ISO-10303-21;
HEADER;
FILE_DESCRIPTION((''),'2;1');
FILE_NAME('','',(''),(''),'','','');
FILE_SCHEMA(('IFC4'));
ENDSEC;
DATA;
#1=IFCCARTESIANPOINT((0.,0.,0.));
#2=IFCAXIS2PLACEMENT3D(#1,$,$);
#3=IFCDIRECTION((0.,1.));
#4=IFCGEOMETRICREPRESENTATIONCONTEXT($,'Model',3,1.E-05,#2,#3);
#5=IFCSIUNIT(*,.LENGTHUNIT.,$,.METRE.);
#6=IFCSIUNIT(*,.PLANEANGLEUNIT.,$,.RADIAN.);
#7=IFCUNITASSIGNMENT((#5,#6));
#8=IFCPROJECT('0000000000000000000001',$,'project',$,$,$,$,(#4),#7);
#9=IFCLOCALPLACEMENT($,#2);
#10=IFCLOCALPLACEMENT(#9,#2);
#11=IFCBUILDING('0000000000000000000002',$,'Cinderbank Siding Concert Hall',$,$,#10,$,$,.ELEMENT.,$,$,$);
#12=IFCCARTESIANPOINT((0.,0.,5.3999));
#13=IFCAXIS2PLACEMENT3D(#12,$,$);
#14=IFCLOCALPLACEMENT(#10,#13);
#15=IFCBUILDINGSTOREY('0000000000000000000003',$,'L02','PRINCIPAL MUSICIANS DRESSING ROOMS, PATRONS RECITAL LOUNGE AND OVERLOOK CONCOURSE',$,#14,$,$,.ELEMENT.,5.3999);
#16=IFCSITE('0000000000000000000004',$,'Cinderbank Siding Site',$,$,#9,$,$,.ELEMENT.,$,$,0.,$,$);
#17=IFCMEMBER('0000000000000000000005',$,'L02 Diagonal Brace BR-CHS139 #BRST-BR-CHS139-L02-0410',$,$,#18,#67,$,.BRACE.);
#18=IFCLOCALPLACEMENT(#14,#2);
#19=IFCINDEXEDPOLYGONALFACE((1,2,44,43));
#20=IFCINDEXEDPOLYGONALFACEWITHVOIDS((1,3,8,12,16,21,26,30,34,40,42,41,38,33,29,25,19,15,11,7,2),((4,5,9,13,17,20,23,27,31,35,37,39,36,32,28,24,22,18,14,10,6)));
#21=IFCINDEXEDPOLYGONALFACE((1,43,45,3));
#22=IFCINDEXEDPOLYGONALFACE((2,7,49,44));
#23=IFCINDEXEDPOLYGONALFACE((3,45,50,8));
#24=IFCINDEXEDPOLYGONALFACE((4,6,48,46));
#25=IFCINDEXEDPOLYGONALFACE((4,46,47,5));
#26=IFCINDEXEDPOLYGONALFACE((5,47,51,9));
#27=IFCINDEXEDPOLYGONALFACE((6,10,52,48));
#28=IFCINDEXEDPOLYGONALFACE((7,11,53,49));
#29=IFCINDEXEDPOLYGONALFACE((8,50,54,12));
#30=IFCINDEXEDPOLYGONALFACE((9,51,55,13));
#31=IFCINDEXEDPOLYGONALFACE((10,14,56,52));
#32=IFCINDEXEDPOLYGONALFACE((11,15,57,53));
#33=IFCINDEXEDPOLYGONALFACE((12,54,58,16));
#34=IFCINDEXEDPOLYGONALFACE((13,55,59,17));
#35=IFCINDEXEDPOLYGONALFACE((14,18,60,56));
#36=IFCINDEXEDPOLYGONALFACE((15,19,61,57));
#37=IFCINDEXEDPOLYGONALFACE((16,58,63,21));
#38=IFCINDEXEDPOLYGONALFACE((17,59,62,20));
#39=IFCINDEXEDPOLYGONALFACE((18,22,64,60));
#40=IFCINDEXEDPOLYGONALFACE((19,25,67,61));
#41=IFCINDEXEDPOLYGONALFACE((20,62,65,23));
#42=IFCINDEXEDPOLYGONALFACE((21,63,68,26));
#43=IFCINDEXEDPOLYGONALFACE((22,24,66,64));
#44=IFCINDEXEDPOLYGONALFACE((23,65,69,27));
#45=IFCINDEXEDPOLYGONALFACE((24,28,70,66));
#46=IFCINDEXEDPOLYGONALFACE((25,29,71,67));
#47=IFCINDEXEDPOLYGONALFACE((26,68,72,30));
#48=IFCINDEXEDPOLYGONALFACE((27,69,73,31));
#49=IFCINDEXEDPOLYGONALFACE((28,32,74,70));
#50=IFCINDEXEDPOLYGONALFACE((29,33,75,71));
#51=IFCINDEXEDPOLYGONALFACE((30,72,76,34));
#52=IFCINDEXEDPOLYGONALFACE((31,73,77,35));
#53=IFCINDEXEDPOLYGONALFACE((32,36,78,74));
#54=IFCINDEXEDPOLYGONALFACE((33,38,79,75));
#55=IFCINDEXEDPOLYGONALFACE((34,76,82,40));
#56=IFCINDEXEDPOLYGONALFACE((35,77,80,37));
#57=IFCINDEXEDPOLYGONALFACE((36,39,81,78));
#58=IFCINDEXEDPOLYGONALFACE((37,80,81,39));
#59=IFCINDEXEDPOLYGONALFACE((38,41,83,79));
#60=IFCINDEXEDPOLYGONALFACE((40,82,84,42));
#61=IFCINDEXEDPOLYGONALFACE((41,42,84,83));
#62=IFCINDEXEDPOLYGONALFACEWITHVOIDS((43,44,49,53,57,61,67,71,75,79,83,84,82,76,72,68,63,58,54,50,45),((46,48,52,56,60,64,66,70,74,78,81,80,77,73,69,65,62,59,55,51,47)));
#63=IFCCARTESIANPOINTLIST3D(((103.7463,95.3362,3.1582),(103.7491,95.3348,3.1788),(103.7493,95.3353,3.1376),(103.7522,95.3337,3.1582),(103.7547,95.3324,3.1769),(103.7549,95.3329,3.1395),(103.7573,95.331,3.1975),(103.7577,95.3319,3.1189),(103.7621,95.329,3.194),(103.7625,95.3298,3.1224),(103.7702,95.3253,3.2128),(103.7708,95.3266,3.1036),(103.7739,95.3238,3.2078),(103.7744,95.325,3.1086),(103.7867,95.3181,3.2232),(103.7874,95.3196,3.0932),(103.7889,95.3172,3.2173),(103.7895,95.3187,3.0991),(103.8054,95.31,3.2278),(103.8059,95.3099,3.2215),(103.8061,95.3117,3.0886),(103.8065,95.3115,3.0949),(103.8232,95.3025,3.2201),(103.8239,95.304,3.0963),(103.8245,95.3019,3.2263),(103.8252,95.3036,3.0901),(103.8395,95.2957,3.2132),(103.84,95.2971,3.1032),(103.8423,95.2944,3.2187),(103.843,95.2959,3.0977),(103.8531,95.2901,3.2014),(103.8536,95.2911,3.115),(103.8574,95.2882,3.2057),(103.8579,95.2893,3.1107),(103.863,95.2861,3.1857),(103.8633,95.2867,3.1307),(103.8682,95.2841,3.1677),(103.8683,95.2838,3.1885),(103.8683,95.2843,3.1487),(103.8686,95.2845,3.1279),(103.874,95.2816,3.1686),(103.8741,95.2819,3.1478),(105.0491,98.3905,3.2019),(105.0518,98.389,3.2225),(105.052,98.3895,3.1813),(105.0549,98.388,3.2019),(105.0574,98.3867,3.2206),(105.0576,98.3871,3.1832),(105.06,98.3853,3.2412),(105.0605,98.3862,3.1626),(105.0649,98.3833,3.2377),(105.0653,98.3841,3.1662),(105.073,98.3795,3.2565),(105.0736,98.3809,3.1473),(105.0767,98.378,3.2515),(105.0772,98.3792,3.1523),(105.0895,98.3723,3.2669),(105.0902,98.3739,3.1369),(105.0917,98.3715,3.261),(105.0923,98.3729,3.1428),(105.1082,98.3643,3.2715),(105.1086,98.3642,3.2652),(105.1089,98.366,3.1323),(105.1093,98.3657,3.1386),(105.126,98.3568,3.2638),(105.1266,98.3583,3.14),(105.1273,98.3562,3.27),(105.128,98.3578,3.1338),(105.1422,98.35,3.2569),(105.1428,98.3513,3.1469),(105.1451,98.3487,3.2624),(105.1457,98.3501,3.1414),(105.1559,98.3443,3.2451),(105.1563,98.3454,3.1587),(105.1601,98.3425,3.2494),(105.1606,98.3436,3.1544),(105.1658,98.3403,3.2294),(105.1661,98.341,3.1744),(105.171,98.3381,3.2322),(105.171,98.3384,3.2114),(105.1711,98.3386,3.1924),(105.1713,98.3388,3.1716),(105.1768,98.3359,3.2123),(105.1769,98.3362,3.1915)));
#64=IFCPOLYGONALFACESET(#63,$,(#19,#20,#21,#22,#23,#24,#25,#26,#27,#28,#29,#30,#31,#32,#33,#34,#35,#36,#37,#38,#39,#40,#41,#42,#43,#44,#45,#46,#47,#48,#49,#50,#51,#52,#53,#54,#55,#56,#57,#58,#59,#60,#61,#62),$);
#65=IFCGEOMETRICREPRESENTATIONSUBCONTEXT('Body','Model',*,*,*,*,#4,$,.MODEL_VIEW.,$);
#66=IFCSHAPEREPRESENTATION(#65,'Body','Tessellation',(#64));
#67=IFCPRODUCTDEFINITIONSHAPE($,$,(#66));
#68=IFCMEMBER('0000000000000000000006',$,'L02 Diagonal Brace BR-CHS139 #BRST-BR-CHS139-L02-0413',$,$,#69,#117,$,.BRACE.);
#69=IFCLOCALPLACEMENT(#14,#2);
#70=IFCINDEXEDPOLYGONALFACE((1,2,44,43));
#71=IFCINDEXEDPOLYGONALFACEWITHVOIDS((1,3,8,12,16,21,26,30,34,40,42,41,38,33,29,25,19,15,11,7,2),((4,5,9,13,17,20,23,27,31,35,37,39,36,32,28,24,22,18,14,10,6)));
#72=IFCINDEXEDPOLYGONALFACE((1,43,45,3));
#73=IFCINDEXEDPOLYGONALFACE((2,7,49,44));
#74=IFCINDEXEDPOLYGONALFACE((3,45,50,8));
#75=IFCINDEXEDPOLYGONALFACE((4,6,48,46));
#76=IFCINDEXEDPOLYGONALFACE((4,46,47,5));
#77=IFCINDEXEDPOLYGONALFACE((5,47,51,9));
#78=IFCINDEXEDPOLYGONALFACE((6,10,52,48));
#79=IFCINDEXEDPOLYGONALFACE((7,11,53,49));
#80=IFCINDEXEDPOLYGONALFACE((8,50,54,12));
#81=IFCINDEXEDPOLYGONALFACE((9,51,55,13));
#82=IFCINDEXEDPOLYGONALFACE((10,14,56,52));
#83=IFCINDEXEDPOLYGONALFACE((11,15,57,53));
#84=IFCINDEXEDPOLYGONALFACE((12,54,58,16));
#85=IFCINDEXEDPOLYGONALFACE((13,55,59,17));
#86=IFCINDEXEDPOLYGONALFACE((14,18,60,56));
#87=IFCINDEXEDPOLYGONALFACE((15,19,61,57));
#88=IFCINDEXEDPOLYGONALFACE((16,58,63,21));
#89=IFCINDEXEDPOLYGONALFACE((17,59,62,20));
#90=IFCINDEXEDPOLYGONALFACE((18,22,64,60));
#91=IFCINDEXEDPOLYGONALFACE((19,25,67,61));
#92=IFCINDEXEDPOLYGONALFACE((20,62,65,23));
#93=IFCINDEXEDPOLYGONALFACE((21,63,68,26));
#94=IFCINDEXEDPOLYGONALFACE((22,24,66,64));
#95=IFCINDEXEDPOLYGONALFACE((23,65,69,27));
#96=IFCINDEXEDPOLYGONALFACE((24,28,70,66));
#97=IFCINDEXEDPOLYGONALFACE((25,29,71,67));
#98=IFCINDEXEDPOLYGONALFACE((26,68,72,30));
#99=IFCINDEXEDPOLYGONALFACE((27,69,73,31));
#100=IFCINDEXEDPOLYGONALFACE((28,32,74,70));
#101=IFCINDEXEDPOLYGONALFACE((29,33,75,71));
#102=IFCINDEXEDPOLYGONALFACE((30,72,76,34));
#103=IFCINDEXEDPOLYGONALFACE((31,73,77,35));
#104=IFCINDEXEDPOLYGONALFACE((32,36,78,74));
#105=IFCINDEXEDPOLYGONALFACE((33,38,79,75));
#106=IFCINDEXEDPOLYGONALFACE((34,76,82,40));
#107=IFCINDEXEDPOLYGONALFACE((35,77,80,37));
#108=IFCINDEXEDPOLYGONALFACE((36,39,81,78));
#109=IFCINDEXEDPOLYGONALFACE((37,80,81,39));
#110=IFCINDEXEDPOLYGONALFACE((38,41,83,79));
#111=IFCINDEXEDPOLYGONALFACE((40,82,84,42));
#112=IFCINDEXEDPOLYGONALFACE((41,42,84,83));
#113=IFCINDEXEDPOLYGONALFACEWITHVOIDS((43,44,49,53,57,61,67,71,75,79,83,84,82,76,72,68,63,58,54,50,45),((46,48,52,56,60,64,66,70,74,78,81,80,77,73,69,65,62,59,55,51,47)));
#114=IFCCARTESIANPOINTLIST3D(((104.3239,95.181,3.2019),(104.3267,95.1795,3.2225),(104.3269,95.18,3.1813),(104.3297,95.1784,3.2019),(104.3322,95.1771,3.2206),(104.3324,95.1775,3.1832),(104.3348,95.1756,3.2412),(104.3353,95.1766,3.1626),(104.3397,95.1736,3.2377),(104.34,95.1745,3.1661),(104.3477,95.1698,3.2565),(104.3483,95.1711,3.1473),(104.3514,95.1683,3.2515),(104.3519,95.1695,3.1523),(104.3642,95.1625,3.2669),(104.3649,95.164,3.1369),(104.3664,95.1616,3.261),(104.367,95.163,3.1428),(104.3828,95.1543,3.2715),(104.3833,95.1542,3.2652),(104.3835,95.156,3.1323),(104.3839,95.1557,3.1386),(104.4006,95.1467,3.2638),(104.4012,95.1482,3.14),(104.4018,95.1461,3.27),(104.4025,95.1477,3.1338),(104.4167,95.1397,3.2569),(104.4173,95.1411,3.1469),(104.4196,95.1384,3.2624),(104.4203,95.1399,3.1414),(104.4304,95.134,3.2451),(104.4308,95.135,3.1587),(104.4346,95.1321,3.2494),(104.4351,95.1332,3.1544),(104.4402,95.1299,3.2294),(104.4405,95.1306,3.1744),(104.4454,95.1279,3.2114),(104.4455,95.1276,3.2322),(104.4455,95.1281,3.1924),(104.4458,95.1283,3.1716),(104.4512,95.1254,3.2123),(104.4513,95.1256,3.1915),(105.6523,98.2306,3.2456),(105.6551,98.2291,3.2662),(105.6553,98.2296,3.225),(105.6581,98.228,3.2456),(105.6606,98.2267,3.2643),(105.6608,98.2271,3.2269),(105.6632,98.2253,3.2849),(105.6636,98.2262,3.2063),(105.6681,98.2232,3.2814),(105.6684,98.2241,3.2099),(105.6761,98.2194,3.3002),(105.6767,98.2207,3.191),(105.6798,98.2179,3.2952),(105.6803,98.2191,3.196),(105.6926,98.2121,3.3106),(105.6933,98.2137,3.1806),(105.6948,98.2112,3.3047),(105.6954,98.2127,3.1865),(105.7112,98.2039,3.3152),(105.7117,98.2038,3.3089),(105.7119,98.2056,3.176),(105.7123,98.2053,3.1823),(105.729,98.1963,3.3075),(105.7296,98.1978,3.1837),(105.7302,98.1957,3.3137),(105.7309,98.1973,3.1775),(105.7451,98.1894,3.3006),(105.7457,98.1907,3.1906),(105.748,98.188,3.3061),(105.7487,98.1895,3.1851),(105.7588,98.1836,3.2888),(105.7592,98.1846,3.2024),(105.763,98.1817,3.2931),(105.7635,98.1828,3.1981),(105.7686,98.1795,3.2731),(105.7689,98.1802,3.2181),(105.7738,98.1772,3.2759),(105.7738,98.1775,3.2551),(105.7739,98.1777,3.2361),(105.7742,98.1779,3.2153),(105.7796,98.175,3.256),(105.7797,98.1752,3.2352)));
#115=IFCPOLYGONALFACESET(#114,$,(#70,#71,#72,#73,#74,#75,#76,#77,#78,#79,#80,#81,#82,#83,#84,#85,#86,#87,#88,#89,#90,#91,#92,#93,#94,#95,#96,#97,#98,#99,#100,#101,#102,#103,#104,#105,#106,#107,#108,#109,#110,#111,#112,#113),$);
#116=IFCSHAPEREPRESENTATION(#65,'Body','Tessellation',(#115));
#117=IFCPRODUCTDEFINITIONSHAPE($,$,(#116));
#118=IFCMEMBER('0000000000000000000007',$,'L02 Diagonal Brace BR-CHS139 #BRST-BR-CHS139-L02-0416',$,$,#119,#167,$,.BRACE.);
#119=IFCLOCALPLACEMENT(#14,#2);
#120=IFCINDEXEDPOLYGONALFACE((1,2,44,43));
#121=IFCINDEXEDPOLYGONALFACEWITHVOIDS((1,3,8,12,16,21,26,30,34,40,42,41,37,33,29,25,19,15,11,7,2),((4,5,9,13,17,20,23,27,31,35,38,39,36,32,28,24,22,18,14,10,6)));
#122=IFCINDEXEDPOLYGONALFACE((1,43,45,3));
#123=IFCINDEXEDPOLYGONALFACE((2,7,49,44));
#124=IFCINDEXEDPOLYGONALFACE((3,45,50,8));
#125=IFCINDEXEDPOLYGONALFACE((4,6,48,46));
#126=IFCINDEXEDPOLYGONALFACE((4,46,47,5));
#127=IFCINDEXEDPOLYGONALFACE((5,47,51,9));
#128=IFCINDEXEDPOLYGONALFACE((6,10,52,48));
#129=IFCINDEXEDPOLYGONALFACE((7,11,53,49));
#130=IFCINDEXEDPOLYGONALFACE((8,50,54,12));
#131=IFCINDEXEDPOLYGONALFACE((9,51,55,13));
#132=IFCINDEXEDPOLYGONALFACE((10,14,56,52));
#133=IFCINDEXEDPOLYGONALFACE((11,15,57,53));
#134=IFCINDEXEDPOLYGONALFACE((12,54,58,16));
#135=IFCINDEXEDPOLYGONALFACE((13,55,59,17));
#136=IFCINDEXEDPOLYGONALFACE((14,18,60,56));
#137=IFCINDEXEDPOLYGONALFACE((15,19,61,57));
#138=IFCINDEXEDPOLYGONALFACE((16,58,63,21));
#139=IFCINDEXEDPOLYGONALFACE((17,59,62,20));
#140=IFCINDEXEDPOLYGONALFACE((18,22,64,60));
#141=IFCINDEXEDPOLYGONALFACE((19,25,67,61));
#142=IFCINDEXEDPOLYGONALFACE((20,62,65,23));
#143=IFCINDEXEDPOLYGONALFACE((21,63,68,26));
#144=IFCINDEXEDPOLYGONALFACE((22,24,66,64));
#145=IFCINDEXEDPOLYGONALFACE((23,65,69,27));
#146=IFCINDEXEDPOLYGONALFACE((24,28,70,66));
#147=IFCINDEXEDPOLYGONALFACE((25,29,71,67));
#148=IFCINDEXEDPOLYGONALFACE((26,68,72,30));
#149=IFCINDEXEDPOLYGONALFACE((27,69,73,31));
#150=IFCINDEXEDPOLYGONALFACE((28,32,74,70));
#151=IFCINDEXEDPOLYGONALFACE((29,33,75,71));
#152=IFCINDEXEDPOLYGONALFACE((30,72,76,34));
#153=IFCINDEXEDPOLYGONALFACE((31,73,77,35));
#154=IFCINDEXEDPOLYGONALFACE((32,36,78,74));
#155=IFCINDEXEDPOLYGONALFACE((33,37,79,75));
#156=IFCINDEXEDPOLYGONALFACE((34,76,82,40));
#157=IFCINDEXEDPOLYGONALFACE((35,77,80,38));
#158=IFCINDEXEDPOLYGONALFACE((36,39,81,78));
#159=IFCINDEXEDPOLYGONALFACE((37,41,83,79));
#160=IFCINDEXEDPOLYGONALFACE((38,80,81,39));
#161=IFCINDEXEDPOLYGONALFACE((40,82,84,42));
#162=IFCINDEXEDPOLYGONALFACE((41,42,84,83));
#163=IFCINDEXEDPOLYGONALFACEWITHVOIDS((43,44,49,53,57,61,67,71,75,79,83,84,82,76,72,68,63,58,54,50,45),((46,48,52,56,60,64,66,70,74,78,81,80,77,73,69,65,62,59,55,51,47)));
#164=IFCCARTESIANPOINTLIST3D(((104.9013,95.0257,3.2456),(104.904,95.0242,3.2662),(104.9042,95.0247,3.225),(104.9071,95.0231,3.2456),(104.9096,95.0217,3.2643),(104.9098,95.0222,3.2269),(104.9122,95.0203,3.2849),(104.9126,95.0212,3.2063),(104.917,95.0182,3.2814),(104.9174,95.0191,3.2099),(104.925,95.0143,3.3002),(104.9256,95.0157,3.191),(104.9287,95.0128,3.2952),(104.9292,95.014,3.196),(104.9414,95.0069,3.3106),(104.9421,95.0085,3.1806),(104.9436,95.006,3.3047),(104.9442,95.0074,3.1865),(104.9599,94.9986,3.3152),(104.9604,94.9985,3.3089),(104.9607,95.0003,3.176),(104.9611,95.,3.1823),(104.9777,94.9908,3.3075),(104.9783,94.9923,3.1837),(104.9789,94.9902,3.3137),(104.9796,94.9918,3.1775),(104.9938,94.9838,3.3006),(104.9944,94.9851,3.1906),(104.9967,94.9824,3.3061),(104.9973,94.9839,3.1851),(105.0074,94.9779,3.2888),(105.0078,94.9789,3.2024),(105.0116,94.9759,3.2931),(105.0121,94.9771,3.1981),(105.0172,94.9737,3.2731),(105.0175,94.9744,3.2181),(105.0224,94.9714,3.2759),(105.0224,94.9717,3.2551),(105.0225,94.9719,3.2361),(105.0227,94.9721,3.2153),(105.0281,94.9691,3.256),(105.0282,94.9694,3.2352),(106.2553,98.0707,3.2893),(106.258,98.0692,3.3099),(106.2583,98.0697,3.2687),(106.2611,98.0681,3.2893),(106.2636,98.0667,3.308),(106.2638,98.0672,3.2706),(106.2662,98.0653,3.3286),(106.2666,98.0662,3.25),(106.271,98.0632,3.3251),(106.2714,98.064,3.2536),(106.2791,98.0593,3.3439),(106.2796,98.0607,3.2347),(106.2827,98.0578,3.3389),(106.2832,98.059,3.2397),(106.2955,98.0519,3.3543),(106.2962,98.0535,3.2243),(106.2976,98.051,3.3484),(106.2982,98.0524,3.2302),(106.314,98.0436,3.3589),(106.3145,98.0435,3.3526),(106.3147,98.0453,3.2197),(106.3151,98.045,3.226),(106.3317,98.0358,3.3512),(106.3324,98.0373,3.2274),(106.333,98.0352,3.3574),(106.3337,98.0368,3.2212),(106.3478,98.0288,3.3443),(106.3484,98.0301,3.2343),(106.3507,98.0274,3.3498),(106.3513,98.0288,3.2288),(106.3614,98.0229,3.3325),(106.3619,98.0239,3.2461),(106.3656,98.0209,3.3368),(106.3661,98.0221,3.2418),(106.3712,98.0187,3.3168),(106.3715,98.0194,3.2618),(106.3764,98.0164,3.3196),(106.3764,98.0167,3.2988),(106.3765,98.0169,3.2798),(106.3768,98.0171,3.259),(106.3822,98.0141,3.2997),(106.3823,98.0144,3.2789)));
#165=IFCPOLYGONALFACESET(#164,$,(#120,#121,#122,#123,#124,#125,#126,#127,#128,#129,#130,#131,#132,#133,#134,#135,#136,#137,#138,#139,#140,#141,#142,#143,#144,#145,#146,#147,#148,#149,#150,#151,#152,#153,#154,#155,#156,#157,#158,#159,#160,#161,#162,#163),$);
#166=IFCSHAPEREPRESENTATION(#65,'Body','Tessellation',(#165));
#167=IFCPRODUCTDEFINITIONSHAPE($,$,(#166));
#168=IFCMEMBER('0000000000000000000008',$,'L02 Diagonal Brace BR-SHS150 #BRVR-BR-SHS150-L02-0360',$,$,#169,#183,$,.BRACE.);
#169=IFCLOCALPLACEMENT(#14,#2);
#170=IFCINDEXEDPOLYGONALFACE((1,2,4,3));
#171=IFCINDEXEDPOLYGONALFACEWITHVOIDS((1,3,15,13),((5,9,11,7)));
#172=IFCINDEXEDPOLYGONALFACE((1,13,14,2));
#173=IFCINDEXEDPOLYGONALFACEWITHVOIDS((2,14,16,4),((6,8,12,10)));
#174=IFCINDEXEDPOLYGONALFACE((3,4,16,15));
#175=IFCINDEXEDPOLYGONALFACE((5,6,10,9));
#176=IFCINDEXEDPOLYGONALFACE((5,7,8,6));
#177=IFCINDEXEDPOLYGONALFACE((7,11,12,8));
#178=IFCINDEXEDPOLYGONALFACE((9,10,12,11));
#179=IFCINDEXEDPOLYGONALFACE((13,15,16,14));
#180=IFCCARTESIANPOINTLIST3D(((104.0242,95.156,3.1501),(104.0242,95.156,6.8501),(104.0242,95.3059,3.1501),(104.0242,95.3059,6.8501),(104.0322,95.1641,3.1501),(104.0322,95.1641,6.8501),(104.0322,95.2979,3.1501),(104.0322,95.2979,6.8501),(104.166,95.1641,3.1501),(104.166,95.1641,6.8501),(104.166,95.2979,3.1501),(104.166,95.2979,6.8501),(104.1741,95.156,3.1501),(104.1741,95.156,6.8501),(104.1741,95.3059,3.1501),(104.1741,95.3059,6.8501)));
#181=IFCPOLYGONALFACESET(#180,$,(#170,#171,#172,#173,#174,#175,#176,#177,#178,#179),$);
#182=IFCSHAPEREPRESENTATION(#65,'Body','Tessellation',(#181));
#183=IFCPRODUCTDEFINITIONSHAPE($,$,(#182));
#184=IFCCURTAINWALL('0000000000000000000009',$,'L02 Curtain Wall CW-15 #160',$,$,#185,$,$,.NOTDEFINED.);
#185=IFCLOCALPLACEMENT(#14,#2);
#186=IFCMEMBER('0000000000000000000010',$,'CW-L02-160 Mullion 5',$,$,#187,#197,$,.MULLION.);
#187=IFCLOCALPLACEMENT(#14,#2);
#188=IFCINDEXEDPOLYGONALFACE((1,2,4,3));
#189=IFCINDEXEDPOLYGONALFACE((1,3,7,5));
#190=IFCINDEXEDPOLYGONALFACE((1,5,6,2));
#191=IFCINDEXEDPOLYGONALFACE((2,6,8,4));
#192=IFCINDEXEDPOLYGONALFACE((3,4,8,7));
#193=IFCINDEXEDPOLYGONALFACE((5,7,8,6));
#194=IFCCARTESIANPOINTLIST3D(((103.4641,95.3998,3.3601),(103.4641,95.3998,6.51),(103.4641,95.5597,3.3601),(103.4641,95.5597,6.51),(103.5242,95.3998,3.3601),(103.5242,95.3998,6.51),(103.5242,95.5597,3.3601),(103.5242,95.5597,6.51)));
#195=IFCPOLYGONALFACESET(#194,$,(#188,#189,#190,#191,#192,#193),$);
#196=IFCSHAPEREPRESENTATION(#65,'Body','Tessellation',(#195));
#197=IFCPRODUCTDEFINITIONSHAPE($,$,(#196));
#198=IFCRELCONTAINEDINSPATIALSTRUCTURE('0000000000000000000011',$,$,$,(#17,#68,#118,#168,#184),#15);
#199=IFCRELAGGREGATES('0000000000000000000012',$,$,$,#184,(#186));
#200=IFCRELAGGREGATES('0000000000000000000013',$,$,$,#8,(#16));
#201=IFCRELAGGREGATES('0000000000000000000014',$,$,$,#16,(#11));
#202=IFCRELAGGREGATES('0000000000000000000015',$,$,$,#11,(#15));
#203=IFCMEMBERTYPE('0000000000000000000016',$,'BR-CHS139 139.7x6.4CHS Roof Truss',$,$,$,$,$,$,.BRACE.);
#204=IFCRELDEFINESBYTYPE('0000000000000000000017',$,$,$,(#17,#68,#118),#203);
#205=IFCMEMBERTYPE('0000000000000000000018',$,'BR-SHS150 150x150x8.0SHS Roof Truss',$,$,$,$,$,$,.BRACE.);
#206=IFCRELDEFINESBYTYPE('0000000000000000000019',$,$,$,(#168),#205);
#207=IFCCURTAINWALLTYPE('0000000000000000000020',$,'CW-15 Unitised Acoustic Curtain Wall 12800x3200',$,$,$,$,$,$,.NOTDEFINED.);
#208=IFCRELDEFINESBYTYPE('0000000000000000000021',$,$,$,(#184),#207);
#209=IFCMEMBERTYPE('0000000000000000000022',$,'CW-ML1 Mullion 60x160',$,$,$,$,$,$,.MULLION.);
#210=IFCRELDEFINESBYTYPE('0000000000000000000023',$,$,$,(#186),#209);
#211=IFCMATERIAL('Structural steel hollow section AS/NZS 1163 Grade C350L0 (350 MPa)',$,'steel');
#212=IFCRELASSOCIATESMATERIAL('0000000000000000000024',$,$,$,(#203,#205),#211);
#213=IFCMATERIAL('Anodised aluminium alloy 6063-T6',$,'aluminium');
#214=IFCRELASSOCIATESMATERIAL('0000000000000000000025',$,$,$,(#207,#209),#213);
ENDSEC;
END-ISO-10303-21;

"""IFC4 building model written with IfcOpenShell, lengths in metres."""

from ifc_helpers import new_model, si_unit, direction, frame, origin, origin_2d, place, context, subcontext, project, spatial, rectangle, hollow_rectangle, hollow_circle, extrude, material, material_profile, profile_set, type_object, element, aggregate, save


model = new_model("IFC4")

# Units and contexts
model_context = context("Model", 3, precision=1e-05, world=origin(), true_north=direction((0.0, 1.0)))
body_context = subcontext(model_context, "Body", "Model", "MODEL_VIEW")
ifc_project = project(units=[si_unit("LENGTHUNIT", "METRE"), si_unit("PLANEANGLEUNIT", "RADIAN")], contexts=[model_context])

# Site, building, storey
site_placement = place(None, origin())
site = spatial("IfcSite", under=ifc_project, at=site_placement, Name="Cinderbank Siding Site", CompositionType="ELEMENT", RefElevation=0.0)
building_placement = place(site_placement, origin())
building = spatial("IfcBuilding", under=site, at=building_placement, Name="Cinderbank Siding Concert Hall", CompositionType="ELEMENT")
storey_placement = place(building_placement, frame((0.0, 0.0, 5.3999)))
storey = spatial("IfcBuildingStorey", under=building, at=storey_placement, Name="L02", Description="PRINCIPAL MUSICIANS DRESSING ROOMS, PATRONS RECITAL LOUNGE AND OVERLOOK CONCOURSE", CompositionType="ELEMENT", Elevation=5.3999)

# Members
ifc_material_1 = material(Name="Structural steel hollow section AS/NZS 1163 Grade C350L0 (350 MPa)", Category="steel")
ifc_material_profile_1 = material_profile(ifc_material_1, hollow_circle(Radius=0.0698, WallThickness=0.0063, at=origin_2d()), Name="139.7x6.4CHS", Category="LoadBearing")
ifc_profile_set_1 = profile_set([ifc_material_profile_1], Name="Structural steel hollow section AS/NZS 1163 Grade C350L0 (350 MPa)")
member_type_1 = type_object("IfcMemberType", Name="BR-CHS139 139.7x6.4CHS Roof Truss", PredefinedType="BRACE", material=ifc_profile_set_1)
member_1_placement = place(storey_placement, frame((103.8105, 95.3088, 3.1582), z_axis=(0.392305, 0.919741, 0.01316), x_axis=(-0.919821, 0.392339, 0.0)))
element("IfcMember", 1, at=member_1_placement, inside=storey, type_object=member_type_1, Name="L02 Diagonal Brace BR-CHS139 #BRST-BR-CHS139-L02-0410", PredefinedType="BRACE", context=body_context, shape_type="SweptSolid", body=[
    extrude(hollow_circle(Radius=0.0698, WallThickness=0.0063, at=origin_2d()), origin(), (0.0, 0.0, 1.0), 3.3208),
])
member_2_placement = place(storey_placement, frame((104.3879, 95.1531, 3.2019), z_axis=(0.399317, 0.916719, 0.013137), x_axis=(-0.916798, 0.399351, 0.0)))
element("IfcMember", 2, at=member_2_placement, inside=storey, type_object=member_type_1, Name="L02 Diagonal Brace BR-CHS139 #BRST-BR-CHS139-L02-0413", PredefinedType="BRACE", context=body_context, shape_type="SweptSolid", body=[
    extrude(hollow_circle(Radius=0.0698, WallThickness=0.0063, at=origin_2d()), origin(), (0.0, 0.0, 1.0), 3.3267),
])
member_3_placement = place(storey_placement, frame((104.9651, 94.9973, 3.2456), z_axis=(0.40628, 0.913654, 0.013113), x_axis=(-0.913733, 0.406315, 0.0)))
element("IfcMember", 3, at=member_3_placement, inside=storey, type_object=member_type_1, Name="L02 Diagonal Brace BR-CHS139 #BRST-BR-CHS139-L02-0416", PredefinedType="BRACE", context=body_context, shape_type="SweptSolid", body=[
    extrude(hollow_circle(Radius=0.0698, WallThickness=0.0063, at=origin_2d()), origin(), (0.0, 0.0, 1.0), 3.3328),
])
ifc_material_profile_2 = material_profile(ifc_material_1, hollow_rectangle(XDim=0.1499, YDim=0.1499, WallThickness=0.0081, at=origin_2d()), Name="150x150x8.0SHS", Category="LoadBearing")
ifc_profile_set_2 = profile_set([ifc_material_profile_2], Name="Structural steel hollow section AS/NZS 1163 Grade C350L0 (350 MPa)")
member_type_2 = type_object("IfcMemberType", Name="BR-SHS150 150x150x8.0SHS Roof Truss", PredefinedType="BRACE", material=ifc_profile_set_2)
member_4_placement = place(storey_placement, frame((104.0991, 95.231, 3.1501), z_axis=(0.0, 0.0, 1.0), x_axis=(1.0, 0.0, 0.0)))
element("IfcMember", 4, at=member_4_placement, inside=storey, type_object=member_type_2, Name="L02 Diagonal Brace BR-SHS150 #BRVR-BR-SHS150-L02-0360", PredefinedType="BRACE", context=body_context, shape_type="SweptSolid", body=[
    extrude(hollow_rectangle(XDim=0.1499, YDim=0.1499, WallThickness=0.0081, at=origin_2d()), origin(), (0.0, 0.0, 1.0), 3.7),
])

# Curtain wall, member
ifc_material_2 = material(Name="Anodised aluminium alloy 6063-T6", Category="aluminium")
curtain_wall_type = type_object("IfcCurtainWallType", Name="CW-15 Unitised Acoustic Curtain Wall 12800x3200", PredefinedType="NOTDEFINED", material=ifc_material_2)
curtain_wall_placement = place(storey_placement, origin())
curtain_wall = element("IfcCurtainWall", 5, at=curtain_wall_placement, inside=storey, type_object=curtain_wall_type, Name="L02 Curtain Wall CW-15 #160", PredefinedType="NOTDEFINED")
ifc_material_profile_3 = material_profile(ifc_material_2, rectangle(XDim=0.0601, YDim=0.1599, at=origin_2d()), Name="ALU-MULL-60x160", Category="LoadBearing")
ifc_profile_set_3 = profile_set([ifc_material_profile_3], Name="Anodised aluminium alloy 6063-T6")
member_type_3 = type_object("IfcMemberType", Name="CW-ML1 Mullion 60x160", PredefinedType="MULLION", material=ifc_profile_set_3)
member_5_placement = place(storey_placement, frame((103.4941, 95.4797, 3.3601), z_axis=(0.0, 0.0, 1.0), x_axis=(1.0, 0.0, 0.0)))
member_5 = element("IfcMember", 6, at=member_5_placement, type_object=member_type_3, Name="CW-L02-160 Mullion 5", PredefinedType="MULLION", context=body_context, shape_type="SweptSolid", body=[
    extrude(rectangle(XDim=0.0601, YDim=0.1599, at=origin_2d()), origin(), (0.0, 0.0, 1.0), 3.1499),
])

aggregate(curtain_wall, [member_5])

save(model, "model.ifc")
